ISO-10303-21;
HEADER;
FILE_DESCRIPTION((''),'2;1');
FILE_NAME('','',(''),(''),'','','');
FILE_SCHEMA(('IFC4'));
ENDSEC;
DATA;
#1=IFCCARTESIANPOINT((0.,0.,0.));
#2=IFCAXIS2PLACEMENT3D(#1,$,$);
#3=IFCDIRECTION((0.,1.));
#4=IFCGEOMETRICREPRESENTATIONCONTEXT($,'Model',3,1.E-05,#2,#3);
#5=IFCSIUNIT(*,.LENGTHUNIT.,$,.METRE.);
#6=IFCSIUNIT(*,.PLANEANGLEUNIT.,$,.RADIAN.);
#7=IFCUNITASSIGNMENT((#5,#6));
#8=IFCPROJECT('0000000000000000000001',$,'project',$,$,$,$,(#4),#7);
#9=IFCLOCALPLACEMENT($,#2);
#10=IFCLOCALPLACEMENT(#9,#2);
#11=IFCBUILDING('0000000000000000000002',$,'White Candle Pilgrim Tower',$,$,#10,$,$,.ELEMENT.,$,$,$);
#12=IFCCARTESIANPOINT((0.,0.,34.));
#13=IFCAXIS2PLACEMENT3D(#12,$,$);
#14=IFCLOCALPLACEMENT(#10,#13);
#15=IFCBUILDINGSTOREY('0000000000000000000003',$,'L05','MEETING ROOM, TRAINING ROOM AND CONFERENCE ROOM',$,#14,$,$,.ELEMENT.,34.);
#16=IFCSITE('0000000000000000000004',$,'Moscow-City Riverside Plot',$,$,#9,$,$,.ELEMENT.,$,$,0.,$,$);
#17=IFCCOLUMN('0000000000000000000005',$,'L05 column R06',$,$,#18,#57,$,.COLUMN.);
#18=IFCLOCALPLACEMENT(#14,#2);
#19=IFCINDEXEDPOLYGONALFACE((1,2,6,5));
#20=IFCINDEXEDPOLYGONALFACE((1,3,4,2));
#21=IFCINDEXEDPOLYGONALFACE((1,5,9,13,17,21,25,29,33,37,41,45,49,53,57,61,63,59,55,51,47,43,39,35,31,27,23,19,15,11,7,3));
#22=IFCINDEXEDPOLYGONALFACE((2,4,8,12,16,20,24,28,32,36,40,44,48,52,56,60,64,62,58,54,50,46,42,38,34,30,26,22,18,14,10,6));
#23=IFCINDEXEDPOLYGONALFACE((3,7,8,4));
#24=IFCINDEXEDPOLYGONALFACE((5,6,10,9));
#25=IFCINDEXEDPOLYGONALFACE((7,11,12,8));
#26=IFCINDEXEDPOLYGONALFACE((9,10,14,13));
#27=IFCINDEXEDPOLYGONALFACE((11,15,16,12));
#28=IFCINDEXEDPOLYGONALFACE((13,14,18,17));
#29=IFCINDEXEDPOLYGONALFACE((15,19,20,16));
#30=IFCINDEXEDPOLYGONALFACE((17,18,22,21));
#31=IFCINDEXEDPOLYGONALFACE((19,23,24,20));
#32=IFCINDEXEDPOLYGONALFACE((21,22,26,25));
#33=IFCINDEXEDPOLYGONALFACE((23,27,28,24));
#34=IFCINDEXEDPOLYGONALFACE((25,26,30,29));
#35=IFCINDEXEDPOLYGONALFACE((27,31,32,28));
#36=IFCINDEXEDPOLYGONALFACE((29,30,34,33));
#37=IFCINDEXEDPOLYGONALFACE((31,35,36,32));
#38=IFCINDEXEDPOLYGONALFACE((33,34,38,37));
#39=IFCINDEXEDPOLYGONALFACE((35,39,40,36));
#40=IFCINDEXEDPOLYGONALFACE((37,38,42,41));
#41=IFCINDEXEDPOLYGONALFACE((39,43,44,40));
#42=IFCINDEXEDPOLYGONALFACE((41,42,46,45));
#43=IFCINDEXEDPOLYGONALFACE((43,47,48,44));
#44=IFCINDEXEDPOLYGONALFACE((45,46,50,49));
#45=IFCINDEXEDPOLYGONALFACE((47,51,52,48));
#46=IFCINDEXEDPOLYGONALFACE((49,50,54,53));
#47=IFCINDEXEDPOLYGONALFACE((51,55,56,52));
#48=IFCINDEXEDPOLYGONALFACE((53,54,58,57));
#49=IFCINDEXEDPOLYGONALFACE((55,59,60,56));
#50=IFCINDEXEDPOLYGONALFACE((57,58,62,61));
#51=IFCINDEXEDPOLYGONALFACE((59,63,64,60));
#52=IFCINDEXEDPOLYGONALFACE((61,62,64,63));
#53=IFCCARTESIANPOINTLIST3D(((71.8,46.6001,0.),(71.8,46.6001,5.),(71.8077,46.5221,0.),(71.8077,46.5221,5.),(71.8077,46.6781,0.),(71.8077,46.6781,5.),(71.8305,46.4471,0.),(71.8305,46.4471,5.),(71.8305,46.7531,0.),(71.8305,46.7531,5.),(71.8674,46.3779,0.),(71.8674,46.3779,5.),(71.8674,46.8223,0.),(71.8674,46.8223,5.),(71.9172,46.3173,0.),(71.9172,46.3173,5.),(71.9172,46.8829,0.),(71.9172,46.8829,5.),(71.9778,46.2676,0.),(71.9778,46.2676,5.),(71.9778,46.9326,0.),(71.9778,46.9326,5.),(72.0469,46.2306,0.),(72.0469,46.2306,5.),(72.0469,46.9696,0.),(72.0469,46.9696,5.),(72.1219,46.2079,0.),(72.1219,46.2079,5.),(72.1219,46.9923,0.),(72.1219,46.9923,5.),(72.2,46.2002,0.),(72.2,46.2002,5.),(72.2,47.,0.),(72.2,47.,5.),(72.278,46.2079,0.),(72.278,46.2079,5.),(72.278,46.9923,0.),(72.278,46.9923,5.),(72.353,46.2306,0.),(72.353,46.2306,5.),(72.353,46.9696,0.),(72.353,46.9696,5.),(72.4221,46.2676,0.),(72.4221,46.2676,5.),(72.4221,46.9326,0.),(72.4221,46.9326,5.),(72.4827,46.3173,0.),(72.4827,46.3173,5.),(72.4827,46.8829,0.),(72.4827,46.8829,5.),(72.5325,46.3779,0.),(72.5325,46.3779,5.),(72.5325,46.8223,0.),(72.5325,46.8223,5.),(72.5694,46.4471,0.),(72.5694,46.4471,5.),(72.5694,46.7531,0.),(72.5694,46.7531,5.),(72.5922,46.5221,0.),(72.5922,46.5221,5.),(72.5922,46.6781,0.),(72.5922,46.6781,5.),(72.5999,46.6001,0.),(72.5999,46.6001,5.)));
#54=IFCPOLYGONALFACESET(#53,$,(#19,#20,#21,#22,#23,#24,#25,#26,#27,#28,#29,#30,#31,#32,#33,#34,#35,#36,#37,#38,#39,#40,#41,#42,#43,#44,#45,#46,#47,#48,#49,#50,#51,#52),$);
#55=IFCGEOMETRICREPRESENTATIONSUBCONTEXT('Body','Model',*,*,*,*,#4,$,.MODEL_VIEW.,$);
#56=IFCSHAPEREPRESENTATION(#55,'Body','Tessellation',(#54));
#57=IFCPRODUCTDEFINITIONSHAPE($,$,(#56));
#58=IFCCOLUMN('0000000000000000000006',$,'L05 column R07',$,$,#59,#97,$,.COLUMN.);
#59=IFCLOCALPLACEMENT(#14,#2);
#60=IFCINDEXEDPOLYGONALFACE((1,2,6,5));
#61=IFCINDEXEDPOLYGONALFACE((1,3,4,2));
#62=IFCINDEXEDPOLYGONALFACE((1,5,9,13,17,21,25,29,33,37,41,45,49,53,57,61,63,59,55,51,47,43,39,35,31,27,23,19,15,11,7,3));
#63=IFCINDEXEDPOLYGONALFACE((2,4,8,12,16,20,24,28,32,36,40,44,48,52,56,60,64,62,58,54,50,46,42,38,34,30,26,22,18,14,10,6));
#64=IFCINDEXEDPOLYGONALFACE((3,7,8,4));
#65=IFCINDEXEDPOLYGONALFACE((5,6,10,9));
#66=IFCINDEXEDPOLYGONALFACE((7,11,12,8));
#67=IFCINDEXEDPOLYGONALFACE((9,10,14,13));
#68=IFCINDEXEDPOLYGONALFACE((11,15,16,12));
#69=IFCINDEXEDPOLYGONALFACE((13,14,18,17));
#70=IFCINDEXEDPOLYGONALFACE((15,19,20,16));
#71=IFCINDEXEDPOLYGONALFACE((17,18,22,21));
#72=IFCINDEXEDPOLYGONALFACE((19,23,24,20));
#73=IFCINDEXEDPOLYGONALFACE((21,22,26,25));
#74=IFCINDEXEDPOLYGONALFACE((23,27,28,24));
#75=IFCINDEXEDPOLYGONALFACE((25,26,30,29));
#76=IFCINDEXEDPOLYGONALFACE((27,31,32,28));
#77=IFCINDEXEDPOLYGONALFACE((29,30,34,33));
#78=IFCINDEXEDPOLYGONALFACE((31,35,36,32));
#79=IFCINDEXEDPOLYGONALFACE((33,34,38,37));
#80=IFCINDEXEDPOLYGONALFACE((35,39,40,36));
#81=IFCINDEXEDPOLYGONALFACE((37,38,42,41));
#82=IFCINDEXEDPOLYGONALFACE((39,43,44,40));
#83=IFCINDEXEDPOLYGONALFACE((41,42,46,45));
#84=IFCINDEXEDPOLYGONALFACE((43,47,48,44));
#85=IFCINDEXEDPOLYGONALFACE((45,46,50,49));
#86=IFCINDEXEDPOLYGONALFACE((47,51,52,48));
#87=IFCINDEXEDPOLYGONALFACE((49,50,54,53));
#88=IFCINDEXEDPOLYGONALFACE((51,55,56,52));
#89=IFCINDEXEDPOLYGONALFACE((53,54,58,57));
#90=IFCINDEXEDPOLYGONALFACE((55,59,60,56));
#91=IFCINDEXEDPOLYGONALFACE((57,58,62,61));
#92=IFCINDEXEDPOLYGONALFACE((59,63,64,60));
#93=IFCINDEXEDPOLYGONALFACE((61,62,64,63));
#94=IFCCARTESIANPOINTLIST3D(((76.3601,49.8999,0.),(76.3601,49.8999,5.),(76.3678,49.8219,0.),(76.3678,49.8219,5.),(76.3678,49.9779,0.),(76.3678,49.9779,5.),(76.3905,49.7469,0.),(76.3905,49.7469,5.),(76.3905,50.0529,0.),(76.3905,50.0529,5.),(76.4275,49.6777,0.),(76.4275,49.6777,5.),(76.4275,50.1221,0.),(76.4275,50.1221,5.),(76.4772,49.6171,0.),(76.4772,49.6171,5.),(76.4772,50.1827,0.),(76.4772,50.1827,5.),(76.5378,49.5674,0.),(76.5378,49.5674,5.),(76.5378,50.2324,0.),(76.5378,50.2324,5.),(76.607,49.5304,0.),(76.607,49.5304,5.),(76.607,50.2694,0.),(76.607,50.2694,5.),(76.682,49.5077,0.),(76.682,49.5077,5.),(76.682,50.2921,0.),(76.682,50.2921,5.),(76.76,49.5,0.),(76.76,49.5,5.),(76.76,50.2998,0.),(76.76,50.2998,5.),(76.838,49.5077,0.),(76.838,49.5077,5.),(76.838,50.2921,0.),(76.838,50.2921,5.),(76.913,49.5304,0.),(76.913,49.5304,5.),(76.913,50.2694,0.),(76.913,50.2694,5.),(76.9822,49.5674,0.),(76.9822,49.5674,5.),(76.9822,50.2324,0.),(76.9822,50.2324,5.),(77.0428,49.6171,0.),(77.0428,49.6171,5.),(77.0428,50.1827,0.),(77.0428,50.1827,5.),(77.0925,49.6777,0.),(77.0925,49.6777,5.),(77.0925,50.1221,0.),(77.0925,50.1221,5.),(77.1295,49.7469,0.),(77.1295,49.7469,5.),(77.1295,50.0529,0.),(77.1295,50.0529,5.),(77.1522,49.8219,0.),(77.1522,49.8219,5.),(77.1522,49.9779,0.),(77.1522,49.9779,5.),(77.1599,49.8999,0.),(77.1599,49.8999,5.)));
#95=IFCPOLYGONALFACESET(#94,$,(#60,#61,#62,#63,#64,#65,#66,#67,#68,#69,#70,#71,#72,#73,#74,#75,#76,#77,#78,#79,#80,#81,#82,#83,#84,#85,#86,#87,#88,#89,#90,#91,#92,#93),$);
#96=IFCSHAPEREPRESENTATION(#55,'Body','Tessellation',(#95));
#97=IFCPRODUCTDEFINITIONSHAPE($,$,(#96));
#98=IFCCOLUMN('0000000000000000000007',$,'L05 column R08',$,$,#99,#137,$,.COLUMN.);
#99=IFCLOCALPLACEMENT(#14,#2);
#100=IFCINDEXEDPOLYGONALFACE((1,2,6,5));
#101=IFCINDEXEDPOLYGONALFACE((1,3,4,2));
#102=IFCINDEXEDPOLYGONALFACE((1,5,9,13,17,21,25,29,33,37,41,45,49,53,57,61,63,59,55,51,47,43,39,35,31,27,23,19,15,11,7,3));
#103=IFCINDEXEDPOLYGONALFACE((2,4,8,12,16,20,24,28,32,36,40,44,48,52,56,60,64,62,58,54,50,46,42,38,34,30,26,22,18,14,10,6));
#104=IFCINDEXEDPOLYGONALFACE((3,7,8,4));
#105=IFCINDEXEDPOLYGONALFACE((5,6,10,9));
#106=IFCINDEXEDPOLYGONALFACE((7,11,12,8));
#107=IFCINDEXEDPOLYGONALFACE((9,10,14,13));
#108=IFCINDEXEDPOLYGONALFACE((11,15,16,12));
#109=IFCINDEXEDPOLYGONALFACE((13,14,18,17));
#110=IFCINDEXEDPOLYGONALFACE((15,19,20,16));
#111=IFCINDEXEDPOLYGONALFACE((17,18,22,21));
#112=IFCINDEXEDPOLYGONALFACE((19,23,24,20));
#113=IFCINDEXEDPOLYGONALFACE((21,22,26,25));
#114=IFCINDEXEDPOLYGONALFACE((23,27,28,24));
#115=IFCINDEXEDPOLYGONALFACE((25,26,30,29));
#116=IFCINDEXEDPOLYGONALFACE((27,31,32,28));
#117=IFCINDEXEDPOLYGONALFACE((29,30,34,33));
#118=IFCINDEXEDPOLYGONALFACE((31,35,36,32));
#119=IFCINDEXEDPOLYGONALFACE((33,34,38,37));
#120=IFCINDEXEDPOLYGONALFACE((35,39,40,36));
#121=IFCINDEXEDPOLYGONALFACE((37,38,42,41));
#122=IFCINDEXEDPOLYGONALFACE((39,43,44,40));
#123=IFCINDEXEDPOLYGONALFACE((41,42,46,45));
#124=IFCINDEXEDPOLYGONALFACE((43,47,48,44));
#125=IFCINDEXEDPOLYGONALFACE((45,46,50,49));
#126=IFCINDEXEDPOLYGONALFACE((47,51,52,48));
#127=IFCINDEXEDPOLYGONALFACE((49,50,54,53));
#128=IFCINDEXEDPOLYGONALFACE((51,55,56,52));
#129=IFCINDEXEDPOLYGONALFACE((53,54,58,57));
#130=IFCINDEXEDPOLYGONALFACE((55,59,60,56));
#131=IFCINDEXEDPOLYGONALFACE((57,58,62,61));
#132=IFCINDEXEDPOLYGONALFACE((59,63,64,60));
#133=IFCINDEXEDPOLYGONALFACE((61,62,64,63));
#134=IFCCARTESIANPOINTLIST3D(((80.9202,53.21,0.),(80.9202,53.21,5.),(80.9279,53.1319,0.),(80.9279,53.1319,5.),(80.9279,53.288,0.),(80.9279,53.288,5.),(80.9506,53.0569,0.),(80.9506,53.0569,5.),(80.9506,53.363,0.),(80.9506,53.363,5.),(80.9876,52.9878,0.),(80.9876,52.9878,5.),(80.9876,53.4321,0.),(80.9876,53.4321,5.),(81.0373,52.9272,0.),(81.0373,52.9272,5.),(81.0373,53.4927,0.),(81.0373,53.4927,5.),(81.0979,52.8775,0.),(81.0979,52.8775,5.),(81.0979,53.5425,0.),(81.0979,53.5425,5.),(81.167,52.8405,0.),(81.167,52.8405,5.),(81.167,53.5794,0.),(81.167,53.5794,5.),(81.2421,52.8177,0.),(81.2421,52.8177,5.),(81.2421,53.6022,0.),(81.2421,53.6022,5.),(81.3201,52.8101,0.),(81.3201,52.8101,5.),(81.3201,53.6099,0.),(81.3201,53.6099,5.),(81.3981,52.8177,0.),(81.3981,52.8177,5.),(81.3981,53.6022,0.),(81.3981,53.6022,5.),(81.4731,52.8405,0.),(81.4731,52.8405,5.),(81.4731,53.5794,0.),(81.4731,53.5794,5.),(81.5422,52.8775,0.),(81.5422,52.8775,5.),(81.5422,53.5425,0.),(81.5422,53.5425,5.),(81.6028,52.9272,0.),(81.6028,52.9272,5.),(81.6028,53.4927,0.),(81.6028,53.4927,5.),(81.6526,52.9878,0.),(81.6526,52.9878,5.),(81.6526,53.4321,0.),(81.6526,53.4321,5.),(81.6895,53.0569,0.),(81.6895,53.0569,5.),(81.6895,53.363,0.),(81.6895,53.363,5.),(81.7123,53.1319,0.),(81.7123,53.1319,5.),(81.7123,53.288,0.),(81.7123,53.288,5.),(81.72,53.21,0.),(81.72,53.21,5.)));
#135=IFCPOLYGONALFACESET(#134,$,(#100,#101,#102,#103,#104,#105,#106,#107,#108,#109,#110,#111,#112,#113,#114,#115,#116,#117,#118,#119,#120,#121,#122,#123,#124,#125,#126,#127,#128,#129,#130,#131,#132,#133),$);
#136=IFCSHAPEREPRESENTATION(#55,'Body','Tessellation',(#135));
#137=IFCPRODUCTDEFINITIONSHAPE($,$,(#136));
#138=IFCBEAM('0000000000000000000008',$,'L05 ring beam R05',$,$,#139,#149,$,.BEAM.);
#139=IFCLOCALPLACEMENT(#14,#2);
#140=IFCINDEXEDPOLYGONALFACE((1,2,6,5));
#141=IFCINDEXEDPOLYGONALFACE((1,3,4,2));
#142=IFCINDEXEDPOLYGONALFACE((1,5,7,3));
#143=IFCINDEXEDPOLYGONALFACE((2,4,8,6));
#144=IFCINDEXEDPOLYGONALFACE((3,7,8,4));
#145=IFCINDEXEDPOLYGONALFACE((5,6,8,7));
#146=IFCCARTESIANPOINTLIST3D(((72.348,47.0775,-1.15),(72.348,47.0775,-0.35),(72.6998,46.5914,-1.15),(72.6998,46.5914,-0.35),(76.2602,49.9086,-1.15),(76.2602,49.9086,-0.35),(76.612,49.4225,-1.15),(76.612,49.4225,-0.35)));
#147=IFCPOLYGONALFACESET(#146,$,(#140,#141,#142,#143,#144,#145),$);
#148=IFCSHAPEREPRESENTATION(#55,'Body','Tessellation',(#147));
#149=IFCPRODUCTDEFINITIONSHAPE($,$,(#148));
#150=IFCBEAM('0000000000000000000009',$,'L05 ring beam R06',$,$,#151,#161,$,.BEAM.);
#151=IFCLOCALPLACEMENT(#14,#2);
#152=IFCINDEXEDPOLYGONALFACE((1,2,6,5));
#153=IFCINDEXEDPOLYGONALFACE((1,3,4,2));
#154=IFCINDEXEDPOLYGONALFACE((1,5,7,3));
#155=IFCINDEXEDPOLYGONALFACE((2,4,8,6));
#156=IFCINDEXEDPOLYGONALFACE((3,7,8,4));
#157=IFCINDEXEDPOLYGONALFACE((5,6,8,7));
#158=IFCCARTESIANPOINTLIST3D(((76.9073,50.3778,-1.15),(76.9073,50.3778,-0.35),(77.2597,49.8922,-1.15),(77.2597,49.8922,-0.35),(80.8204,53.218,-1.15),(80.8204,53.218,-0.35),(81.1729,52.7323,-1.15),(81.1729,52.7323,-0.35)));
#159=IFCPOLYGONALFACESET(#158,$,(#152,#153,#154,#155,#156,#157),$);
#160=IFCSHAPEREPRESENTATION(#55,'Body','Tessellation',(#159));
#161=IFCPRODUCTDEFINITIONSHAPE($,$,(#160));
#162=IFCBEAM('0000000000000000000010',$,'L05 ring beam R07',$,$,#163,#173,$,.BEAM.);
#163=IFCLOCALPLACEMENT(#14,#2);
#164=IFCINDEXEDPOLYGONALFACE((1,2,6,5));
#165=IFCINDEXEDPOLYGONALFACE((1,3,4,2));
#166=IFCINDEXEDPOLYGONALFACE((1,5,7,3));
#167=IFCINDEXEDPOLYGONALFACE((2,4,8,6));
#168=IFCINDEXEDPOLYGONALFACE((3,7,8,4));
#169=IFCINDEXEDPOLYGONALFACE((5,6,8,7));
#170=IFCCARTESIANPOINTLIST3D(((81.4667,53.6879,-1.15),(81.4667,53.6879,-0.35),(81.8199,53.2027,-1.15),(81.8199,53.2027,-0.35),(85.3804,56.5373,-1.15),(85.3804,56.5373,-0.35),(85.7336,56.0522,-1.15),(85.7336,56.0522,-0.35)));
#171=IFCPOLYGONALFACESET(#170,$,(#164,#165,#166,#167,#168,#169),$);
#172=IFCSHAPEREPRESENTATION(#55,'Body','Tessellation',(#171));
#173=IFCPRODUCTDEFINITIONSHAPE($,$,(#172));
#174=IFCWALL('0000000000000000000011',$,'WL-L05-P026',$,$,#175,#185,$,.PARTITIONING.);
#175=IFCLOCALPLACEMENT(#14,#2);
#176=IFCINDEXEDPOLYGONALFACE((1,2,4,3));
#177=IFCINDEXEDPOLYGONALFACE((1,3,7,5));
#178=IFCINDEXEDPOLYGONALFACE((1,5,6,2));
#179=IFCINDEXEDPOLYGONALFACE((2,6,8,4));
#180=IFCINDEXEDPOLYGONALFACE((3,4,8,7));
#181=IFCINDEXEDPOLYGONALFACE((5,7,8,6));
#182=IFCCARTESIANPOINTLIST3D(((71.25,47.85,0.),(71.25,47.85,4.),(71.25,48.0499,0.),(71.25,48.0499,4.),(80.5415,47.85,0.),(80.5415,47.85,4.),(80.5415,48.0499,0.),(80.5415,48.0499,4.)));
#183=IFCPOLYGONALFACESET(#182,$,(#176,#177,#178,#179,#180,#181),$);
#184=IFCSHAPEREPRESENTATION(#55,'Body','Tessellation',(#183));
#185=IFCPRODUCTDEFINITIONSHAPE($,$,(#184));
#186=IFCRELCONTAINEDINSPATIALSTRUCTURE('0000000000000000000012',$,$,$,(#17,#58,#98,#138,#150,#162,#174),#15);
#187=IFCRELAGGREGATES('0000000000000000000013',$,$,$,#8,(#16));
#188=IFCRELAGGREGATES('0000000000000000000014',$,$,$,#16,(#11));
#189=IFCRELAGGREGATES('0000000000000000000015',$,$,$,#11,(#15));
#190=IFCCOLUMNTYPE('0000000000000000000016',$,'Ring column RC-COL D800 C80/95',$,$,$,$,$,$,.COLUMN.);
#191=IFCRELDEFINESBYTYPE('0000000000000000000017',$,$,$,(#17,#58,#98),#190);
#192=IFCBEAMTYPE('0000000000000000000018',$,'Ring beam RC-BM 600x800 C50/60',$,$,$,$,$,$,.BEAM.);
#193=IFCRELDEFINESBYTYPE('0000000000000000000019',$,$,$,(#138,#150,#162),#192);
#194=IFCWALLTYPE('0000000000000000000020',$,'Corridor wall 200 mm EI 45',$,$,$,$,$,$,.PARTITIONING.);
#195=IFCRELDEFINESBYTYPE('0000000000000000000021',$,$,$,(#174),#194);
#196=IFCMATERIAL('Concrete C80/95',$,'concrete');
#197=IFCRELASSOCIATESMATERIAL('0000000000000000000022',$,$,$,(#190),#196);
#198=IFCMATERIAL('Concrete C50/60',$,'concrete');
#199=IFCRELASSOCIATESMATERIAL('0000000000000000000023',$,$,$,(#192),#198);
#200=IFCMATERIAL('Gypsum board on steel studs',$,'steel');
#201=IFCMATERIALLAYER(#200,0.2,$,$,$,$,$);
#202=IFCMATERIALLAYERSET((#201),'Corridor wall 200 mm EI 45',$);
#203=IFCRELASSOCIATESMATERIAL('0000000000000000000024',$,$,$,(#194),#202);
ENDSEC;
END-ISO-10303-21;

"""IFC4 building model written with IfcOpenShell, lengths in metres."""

from ifc_helpers import new_model, si_unit, direction, frame, frame_2d, origin, origin_2d, place, context, subcontext, project, spatial, rectangle, circle, extrude, material, layer, layer_set, material_profile, profile_set, type_object, element, save


model = new_model("IFC4")

# Units and contexts
model_context = context("Model", 3, precision=1e-05, world=origin(), true_north=direction((0.0, 1.0)))
body_context = subcontext(model_context, "Body", "Model", "MODEL_VIEW")
ifc_project = project(units=[si_unit("LENGTHUNIT", "METRE"), si_unit("PLANEANGLEUNIT", "RADIAN")], contexts=[model_context])

# Site, building, storey
site_placement = place(None, origin())
site = spatial("IfcSite", under=ifc_project, at=site_placement, Name="Moscow-City Riverside Plot", CompositionType="ELEMENT", RefElevation=0.0)
building_placement = place(site_placement, origin())
building = spatial("IfcBuilding", under=site, at=building_placement, Name="White Candle Pilgrim Tower", CompositionType="ELEMENT")
storey_placement = place(building_placement, frame((0.0, 0.0, 34.0)))
storey = spatial("IfcBuildingStorey", under=building, at=storey_placement, Name="L05", Description="MEETING ROOM, TRAINING ROOM AND CONFERENCE ROOM", CompositionType="ELEMENT", Elevation=34.0)

# Columns
ifc_material_1 = material(Name="Concrete C80/95", Category="concrete")
ifc_material_profile_1 = material_profile(ifc_material_1, circle(Radius=0.3999, at=origin_2d()), Name="RC-COL D800")
ifc_profile_set_1 = profile_set([ifc_material_profile_1], Name="Concrete C80/95")
column_type = type_object("IfcColumnType", Name="Ring column RC-COL D800 C80/95", PredefinedType="COLUMN", material=ifc_profile_set_1)
for number, where, z_axis, x_axis, name in (
    (1, (72.2, 46.6001, 0.0), (0.0, 0.0, 1.0), (1.0, 0.0, 0.0), "L05 column R06"),
    (2, (76.76, 49.8999, 0.0), (0.0, 0.0, 1.0), (1.0, 0.0, 0.0), "L05 column R07"),
    (3, (81.3201, 53.21, 0.0), (0.0, 0.0, 1.0), (1.0, 0.0, 0.0), "L05 column R08"),
):
    element("IfcColumn", number, at=place(storey_placement, frame(where, z_axis=z_axis, x_axis=x_axis)), inside=storey, type_object=column_type, Name=name, PredefinedType="COLUMN", context=body_context, shape_type="SweptSolid", body=[
        extrude(circle(Radius=0.3999, at=origin_2d()), origin(), (0.0, 0.0, 1.0), 5.0),
    ])

# Beams
ifc_material_2 = material(Name="Concrete C50/60", Category="concrete")
ifc_material_profile_2 = material_profile(ifc_material_2, rectangle(XDim=0.6001, YDim=0.8, at=origin_2d()), Name="RC-BM 600x800")
ifc_profile_set_2 = profile_set([ifc_material_profile_2], Name="Concrete C50/60")
beam_type = type_object("IfcBeamType", Name="Ring beam RC-BM 600x800 C50/60", PredefinedType="BEAM", material=ifc_profile_set_2)
beam_1_placement = place(storey_placement, frame((72.5239, 46.8345, -0.75), z_axis=(0.810124, 0.586258, 0.0), x_axis=(-0.586258, 0.810124, 0.0)))
element("IfcBeam", 4, at=beam_1_placement, inside=storey, type_object=beam_type, Name="L05 ring beam R05", PredefinedType="BEAM", context=body_context, shape_type="SweptSolid", body=[
    extrude(rectangle(XDim=0.6001, YDim=0.8, at=origin_2d()), origin(), (0.0, 0.0, 1.0), 4.8291),
])
beam_2_placement = place(storey_placement, frame((77.0835, 50.135, -0.75), z_axis=(0.809306, 0.587388, 0.0), x_axis=(-0.587388, 0.809306, 0.0)))
element("IfcBeam", 5, at=beam_2_placement, inside=storey, type_object=beam_type, Name="L05 ring beam R06", PredefinedType="BEAM", context=body_context, shape_type="SweptSolid", body=[
    extrude(rectangle(XDim=0.6001, YDim=0.8, at=origin_2d()), origin(), (0.0, 0.0, 1.0), 4.8352),
])
beam_3_placement = place(storey_placement, frame((81.6433, 53.4453, -0.75), z_axis=(0.808428, 0.588594, 0.0), x_axis=(-0.588594, 0.808428, 0.0)))
element("IfcBeam", 6, at=beam_3_placement, inside=storey, type_object=beam_type, Name="L05 ring beam R07", PredefinedType="BEAM", context=body_context, shape_type="SweptSolid", body=[
    extrude(rectangle(XDim=0.6001, YDim=0.8, at=origin_2d()), origin(), (0.0, 0.0, 1.0), 4.8411),
])

# Wall
ifc_material_3 = material(Name="Gypsum board on steel studs", Category="steel")
ifc_layer_1 = layer(ifc_material_3, 0.2)
ifc_layer_set_1 = layer_set([ifc_layer_1], Name="Corridor wall 200 mm EI 45")
wall_type_1 = type_object("IfcWallType", Name="Corridor wall 200 mm EI 45", PredefinedType="PARTITIONING", material=ifc_layer_set_1)
wall_1_placement = place(storey_placement, frame((71.25, 47.95, 0.0), z_axis=(0.0, 0.0, 1.0), x_axis=(1.0, 0.0, 0.0)))
element("IfcWall", 7, at=wall_1_placement, inside=storey, type_object=wall_type_1, Name="WL-L05-P026", PredefinedType="PARTITIONING", context=body_context, shape_type="SweptSolid", body=[
    extrude(rectangle(XDim=9.2915, YDim=0.2, at=frame_2d((4.6458, 0.0))), origin(), (0.0, 0.0, 1.0), 4.0),
])

save(model, "model.ifc")
